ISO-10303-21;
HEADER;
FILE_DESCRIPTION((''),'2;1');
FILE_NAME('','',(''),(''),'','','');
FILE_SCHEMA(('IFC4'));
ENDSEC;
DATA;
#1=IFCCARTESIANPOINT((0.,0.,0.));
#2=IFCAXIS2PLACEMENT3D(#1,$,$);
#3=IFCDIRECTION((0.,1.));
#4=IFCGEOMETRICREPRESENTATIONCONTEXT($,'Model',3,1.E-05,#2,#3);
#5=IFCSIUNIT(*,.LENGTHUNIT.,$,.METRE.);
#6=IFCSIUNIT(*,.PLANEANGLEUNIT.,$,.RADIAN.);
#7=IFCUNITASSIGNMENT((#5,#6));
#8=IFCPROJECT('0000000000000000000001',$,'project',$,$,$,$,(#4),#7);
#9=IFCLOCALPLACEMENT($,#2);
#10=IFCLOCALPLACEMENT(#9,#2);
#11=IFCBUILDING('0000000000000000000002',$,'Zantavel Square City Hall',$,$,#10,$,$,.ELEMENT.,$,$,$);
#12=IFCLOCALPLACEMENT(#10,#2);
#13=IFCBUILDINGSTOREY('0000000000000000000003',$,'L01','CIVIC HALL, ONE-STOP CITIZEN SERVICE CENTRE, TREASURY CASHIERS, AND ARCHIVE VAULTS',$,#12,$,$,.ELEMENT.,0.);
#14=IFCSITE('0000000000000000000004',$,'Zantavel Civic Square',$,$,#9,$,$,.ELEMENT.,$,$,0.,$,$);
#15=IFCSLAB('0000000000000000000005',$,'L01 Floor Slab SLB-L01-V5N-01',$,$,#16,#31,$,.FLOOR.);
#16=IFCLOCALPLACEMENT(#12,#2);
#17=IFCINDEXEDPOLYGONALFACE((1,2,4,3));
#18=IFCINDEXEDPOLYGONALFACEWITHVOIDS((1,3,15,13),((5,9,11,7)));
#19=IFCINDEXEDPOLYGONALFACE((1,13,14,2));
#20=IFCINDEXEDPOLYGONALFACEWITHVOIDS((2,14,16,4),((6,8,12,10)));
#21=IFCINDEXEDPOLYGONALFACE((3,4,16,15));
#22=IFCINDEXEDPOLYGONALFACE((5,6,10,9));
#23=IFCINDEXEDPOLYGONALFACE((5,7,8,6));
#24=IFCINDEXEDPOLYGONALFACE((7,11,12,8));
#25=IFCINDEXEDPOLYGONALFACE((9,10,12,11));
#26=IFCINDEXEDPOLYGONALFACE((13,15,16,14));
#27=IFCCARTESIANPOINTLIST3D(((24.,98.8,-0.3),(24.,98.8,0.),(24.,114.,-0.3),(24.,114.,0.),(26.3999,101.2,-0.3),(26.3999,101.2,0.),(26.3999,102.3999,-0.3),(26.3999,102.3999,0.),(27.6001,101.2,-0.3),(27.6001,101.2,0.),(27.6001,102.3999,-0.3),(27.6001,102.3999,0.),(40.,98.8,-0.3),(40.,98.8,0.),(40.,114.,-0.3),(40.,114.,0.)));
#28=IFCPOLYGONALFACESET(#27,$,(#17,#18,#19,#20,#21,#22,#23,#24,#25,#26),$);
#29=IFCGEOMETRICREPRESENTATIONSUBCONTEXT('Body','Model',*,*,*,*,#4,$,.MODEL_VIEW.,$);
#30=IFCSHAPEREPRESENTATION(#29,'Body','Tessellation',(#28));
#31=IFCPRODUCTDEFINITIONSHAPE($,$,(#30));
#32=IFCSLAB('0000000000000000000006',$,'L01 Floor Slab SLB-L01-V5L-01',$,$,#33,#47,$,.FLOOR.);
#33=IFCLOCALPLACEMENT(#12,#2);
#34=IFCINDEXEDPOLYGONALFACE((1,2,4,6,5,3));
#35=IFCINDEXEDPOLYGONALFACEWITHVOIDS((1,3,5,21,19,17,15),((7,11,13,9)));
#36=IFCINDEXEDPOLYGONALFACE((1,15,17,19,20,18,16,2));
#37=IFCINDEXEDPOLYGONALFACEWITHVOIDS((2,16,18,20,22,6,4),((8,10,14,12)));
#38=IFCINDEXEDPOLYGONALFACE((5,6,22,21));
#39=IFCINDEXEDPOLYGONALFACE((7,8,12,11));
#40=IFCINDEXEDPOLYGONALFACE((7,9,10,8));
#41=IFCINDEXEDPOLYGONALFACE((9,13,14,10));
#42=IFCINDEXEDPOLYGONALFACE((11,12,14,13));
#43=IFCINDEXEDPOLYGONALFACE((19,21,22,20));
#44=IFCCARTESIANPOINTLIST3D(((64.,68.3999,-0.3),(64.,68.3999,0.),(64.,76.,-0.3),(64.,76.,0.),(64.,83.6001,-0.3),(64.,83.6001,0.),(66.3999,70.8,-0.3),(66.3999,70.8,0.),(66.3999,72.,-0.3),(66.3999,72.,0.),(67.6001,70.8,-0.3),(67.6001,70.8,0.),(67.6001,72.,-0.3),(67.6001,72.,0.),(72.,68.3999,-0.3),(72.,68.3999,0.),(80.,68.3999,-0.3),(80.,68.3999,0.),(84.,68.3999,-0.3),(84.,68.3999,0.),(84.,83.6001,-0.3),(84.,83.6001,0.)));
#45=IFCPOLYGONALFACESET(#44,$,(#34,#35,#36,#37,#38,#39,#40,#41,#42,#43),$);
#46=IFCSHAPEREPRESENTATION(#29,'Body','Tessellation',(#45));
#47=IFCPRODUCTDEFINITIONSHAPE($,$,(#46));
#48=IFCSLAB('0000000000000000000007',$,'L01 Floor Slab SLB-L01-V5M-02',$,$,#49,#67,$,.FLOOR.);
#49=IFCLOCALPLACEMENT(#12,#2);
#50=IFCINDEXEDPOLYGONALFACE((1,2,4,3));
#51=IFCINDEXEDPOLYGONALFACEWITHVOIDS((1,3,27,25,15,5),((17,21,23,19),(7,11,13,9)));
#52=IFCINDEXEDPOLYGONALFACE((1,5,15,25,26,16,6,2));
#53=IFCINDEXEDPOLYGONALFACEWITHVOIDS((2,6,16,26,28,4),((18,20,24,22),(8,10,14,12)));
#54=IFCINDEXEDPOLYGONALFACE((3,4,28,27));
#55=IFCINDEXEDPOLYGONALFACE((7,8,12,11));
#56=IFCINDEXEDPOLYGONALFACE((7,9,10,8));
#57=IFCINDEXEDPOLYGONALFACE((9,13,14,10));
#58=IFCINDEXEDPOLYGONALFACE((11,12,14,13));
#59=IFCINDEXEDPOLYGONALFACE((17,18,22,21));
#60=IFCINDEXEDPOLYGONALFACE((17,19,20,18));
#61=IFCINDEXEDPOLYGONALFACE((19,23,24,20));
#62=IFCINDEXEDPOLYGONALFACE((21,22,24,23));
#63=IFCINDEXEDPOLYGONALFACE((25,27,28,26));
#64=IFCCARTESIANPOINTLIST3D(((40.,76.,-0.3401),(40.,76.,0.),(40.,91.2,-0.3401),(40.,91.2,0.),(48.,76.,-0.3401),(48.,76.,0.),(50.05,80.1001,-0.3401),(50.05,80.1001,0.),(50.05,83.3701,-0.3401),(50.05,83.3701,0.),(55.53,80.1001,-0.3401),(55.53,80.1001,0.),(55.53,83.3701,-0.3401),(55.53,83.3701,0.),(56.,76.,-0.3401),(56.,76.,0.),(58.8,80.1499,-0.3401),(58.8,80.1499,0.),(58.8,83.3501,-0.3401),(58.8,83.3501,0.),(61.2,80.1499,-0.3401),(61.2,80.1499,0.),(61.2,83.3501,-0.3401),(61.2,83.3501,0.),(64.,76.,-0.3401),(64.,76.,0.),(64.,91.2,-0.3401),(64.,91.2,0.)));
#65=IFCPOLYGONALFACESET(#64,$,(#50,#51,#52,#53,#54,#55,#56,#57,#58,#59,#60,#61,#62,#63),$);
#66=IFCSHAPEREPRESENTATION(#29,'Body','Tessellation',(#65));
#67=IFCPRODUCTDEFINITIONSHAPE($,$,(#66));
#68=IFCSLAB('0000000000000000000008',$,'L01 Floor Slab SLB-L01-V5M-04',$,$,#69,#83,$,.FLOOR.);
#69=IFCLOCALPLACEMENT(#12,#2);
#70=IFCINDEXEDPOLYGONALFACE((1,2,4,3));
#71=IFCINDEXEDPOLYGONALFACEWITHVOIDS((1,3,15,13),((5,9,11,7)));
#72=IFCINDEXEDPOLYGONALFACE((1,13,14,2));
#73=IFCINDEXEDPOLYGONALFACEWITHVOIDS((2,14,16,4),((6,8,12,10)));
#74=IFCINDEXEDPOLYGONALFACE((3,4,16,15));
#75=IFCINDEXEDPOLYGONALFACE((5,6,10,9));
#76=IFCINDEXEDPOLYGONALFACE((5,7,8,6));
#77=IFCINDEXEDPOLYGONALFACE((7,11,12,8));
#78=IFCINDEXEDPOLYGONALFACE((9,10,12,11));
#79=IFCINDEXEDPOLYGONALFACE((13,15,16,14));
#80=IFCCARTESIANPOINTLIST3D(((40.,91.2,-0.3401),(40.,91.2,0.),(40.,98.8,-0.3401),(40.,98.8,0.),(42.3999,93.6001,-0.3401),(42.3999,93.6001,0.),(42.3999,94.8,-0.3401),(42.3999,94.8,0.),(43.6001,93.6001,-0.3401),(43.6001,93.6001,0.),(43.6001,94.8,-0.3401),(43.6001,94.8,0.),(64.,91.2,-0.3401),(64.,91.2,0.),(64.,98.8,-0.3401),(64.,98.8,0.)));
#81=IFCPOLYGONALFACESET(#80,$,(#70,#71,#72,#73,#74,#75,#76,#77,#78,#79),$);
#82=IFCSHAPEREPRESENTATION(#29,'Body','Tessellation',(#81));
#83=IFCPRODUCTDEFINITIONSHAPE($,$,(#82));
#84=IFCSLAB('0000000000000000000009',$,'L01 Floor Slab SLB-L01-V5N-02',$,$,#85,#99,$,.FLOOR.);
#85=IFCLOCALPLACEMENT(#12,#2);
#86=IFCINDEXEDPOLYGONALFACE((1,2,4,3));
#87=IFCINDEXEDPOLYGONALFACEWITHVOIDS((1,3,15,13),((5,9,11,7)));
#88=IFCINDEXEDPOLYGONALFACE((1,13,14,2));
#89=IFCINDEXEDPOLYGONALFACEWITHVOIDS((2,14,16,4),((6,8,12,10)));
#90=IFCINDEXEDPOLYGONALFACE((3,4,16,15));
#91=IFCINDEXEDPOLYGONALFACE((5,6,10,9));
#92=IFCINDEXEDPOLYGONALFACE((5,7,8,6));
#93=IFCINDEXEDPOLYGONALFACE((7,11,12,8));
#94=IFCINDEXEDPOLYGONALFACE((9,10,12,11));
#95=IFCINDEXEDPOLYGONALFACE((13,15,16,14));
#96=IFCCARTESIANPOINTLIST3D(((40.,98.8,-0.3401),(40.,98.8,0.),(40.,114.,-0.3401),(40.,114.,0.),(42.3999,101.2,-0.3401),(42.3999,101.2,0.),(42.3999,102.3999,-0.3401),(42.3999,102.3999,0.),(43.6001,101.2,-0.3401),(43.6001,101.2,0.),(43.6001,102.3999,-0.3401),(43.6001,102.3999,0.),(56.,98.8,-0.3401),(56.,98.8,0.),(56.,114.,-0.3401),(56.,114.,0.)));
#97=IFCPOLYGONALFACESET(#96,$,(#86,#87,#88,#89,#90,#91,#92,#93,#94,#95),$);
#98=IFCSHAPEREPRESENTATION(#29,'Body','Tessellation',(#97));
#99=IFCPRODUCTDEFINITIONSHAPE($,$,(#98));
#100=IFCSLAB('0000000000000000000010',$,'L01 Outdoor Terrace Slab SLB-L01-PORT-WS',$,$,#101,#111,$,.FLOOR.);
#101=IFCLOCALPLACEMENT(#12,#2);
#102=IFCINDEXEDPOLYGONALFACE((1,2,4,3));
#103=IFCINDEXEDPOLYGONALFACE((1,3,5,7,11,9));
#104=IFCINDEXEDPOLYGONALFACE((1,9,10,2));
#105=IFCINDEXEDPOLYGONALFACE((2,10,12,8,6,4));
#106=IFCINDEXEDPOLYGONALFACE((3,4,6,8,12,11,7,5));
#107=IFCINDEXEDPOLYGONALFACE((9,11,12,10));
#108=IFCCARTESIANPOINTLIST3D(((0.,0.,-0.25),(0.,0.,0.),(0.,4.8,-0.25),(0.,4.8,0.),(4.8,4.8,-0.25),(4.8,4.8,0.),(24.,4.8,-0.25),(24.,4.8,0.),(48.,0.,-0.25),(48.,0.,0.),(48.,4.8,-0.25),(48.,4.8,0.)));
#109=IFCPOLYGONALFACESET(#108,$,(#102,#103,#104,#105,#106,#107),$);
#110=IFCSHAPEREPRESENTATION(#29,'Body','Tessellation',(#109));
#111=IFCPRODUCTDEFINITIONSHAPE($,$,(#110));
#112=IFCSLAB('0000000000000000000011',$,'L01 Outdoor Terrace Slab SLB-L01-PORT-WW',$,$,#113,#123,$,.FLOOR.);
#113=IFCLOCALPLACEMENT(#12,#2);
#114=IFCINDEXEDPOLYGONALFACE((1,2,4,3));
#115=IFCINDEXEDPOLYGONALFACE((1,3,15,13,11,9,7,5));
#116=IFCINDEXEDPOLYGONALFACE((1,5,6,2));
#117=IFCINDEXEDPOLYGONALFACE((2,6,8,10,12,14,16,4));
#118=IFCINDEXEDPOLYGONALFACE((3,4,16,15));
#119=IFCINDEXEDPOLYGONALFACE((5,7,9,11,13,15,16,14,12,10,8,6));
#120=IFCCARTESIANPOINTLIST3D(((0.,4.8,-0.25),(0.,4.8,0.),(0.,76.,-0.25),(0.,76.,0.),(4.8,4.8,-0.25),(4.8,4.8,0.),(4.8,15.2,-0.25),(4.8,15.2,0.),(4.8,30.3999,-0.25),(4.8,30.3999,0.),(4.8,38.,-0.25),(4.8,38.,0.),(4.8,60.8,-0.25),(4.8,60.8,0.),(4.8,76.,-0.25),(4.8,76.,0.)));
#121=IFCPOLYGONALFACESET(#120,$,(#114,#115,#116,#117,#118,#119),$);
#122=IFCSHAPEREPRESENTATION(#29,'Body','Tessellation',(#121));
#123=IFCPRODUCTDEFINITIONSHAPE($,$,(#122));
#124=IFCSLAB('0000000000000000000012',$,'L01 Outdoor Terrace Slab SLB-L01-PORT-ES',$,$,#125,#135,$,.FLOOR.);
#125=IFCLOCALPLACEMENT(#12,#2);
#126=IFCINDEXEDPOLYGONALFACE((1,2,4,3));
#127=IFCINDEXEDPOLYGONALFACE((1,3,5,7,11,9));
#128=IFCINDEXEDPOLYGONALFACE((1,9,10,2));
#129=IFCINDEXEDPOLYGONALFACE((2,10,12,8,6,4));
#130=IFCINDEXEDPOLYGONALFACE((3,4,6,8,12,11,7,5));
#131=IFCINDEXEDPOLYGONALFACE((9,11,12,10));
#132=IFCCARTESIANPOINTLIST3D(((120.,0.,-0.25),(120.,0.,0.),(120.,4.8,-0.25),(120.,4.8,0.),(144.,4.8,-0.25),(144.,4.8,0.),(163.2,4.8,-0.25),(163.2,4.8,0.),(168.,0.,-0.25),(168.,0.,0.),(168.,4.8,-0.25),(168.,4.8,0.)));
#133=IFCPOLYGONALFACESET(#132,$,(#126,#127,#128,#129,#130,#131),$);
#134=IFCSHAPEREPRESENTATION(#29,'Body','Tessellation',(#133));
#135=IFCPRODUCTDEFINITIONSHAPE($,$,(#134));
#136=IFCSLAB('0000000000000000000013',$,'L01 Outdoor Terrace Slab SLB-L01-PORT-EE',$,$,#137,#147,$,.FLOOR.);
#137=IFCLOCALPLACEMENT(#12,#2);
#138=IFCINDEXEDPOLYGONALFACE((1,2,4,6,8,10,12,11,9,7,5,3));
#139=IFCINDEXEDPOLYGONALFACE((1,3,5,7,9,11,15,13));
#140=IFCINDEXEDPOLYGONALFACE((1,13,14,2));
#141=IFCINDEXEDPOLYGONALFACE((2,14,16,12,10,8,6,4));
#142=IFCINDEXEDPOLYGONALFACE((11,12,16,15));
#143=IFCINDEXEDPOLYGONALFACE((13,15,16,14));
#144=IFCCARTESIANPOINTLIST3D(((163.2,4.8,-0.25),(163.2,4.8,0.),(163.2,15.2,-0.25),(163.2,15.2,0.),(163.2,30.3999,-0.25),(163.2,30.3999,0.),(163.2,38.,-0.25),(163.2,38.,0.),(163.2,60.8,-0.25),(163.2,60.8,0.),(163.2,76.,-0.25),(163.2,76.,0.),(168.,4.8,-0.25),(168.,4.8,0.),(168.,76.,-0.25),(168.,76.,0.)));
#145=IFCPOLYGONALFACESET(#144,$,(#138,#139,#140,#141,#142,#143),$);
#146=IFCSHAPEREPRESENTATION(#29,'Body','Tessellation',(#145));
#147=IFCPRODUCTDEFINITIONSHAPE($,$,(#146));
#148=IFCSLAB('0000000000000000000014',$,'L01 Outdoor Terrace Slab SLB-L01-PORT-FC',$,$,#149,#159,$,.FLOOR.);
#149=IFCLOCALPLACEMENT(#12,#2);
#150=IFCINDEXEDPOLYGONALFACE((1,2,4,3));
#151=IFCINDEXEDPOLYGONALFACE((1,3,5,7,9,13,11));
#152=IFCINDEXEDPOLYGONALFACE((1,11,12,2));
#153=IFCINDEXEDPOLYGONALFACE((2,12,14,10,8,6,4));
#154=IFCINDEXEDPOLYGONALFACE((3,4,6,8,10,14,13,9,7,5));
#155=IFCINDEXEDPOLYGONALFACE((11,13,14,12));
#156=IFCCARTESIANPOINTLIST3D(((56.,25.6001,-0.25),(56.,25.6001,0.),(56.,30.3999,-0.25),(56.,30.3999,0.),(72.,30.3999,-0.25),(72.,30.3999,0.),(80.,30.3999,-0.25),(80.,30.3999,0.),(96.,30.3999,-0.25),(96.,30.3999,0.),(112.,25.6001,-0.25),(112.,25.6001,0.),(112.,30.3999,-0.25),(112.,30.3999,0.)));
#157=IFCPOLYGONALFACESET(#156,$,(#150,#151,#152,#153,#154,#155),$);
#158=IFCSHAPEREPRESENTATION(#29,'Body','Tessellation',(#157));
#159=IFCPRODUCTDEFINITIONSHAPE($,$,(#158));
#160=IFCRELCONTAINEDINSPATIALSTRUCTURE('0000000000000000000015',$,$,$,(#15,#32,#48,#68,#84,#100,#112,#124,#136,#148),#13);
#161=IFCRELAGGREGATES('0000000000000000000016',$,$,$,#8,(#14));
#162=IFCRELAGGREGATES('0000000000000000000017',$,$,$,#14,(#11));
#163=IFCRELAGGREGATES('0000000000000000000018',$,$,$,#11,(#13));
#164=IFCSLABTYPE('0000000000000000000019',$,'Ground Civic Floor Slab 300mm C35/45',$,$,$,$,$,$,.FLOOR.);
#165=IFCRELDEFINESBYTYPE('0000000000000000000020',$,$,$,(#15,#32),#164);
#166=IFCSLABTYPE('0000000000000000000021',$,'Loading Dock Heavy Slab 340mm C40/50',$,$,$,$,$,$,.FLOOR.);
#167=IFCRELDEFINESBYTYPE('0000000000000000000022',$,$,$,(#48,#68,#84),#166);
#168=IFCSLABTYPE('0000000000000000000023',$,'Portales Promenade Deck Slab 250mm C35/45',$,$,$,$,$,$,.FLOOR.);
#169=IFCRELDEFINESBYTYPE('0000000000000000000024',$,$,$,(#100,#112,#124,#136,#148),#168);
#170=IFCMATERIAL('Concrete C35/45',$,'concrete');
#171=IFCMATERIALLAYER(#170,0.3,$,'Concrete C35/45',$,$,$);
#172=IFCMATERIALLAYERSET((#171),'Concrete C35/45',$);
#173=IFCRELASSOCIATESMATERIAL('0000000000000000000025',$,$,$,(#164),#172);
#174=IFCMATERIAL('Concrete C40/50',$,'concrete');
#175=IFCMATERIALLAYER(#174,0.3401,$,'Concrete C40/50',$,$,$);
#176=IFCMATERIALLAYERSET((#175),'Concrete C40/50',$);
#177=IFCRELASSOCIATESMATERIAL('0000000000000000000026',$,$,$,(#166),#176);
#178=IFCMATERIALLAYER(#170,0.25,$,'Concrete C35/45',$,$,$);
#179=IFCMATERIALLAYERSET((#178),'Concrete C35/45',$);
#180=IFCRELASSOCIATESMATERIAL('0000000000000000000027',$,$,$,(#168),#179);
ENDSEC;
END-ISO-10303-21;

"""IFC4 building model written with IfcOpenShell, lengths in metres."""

from ifc_helpers import new_model, si_unit, direction, frame, origin, place, context, subcontext, project, spatial, polyline, outline, extrude, material, layer, layer_set, type_object, element, save


model = new_model("IFC4")

# Units and contexts
model_context = context("Model", 3, precision=1e-05, world=origin(), true_north=direction((0.0, 1.0)))
body_context = subcontext(model_context, "Body", "Model", "MODEL_VIEW")
ifc_project = project(units=[si_unit("LENGTHUNIT", "METRE"), si_unit("PLANEANGLEUNIT", "RADIAN")], contexts=[model_context])

# Site, building, storey
site_placement = place(None, origin())
site = spatial("IfcSite", under=ifc_project, at=site_placement, Name="Zantavel Civic Square", CompositionType="ELEMENT", RefElevation=0.0)
building_placement = place(site_placement, origin())
building = spatial("IfcBuilding", under=site, at=building_placement, Name="Zantavel Square City Hall", CompositionType="ELEMENT")
storey_placement = place(building_placement, origin())
storey = spatial("IfcBuildingStorey", under=building, at=storey_placement, Name="L01", Description="CIVIC HALL, ONE-STOP CITIZEN SERVICE CENTRE, TREASURY CASHIERS, AND ARCHIVE VAULTS", CompositionType="ELEMENT", Elevation=0.0)

# Shared definitions
ifc_material_1 = material(Name="Concrete C35/45", Category="concrete")

# Slabs
ifc_layer_1 = layer(ifc_material_1, 0.3, Name="Concrete C35/45")
ifc_layer_set_1 = layer_set([ifc_layer_1], Name="Concrete C35/45")
slab_type_1 = type_object("IfcSlabType", Name="Ground Civic Floor Slab 300mm C35/45", PredefinedType="FLOOR", material=ifc_layer_set_1)
slab_1_placement = place(storey_placement, frame((0.0, 0.0, -0.3)))
element("IfcSlab", 1, at=slab_1_placement, inside=storey, type_object=slab_type_1, Name="L01 Floor Slab SLB-L01-V5N-01", PredefinedType="FLOOR", context=body_context, shape_type="SweptSolid", body=[
    extrude(outline(polyline([(40.0, 114.0), (40.0, 98.8), (24.0, 98.8), (24.0, 114.0), (40.0, 114.0)]), holes=[polyline([(27.6001, 102.3999), (26.3999, 102.3999), (26.3999, 101.2), (27.6001, 101.2), (27.6001, 102.3999)])]), origin(), (0.0, 0.0, 1.0), 0.3),
])
slab_2_placement = place(storey_placement, frame((0.0, 0.0, -0.3)))
element("IfcSlab", 2, at=slab_2_placement, inside=storey, type_object=slab_type_1, Name="L01 Floor Slab SLB-L01-V5L-01", PredefinedType="FLOOR", context=body_context, shape_type="SweptSolid", body=[
    extrude(outline(polyline([(80.0, 68.3999), (72.0, 68.3999), (64.0, 68.3999), (64.0, 76.0), (64.0, 83.6001), (84.0, 83.6001), (84.0, 68.3999), (80.0, 68.3999)]), holes=[polyline([(67.6001, 72.0), (66.3999, 72.0), (66.3999, 70.8), (67.6001, 70.8), (67.6001, 72.0)])]), origin(), (0.0, 0.0, 1.0), 0.3),
])
ifc_material_2 = material(Name="Concrete C40/50", Category="concrete")
ifc_layer_2 = layer(ifc_material_2, 0.3401, Name="Concrete C40/50")
ifc_layer_set_2 = layer_set([ifc_layer_2], Name="Concrete C40/50")
slab_type_2 = type_object("IfcSlabType", Name="Loading Dock Heavy Slab 340mm C40/50", PredefinedType="FLOOR", material=ifc_layer_set_2)
slab_3_placement = place(storey_placement, frame((0.0, 0.0, -0.3401)))
element("IfcSlab", 3, at=slab_3_placement, inside=storey, type_object=slab_type_2, Name="L01 Floor Slab SLB-L01-V5M-02", PredefinedType="FLOOR", context=body_context, shape_type="SweptSolid", body=[
    extrude(outline(polyline([(56.0, 76.0), (48.0, 76.0), (40.0, 76.0), (40.0, 91.2), (64.0, 91.2), (64.0, 76.0), (56.0, 76.0)]), holes=[polyline([(50.05, 83.3701), (50.05, 80.1001), (55.53, 80.1001), (55.53, 83.3701), (50.05, 83.3701)]), polyline([(61.2, 83.3501), (58.8, 83.3501), (58.8, 80.1499), (61.2, 80.1499), (61.2, 83.3501)])]), origin(), (0.0, 0.0, 1.0), 0.3401),
])
slab_4_placement = place(storey_placement, frame((0.0, 0.0, -0.3401)))
element("IfcSlab", 4, at=slab_4_placement, inside=storey, type_object=slab_type_2, Name="L01 Floor Slab SLB-L01-V5M-04", PredefinedType="FLOOR", context=body_context, shape_type="SweptSolid", body=[
    extrude(outline(polyline([(64.0, 91.2), (40.0, 91.2), (40.0, 98.8), (64.0, 98.8), (64.0, 91.2)]), holes=[polyline([(43.6001, 94.8), (42.3999, 94.8), (42.3999, 93.6001), (43.6001, 93.6001), (43.6001, 94.8)])]), origin(), (0.0, 0.0, 1.0), 0.3401),
])
slab_5_placement = place(storey_placement, frame((0.0, 0.0, -0.3401)))
element("IfcSlab", 5, at=slab_5_placement, inside=storey, type_object=slab_type_2, Name="L01 Floor Slab SLB-L01-V5N-02", PredefinedType="FLOOR", context=body_context, shape_type="SweptSolid", body=[
    extrude(outline(polyline([(56.0, 98.8), (40.0, 98.8), (40.0, 114.0), (56.0, 114.0), (56.0, 98.8)]), holes=[polyline([(43.6001, 102.3999), (42.3999, 102.3999), (42.3999, 101.2), (43.6001, 101.2), (43.6001, 102.3999)])]), origin(), (0.0, 0.0, 1.0), 0.3401),
])
ifc_layer_3 = layer(ifc_material_1, 0.25, Name="Concrete C35/45")
ifc_layer_set_3 = layer_set([ifc_layer_3], Name="Concrete C35/45")
slab_type_3 = type_object("IfcSlabType", Name="Portales Promenade Deck Slab 250mm C35/45", PredefinedType="FLOOR", material=ifc_layer_set_3)
slab_6_placement = place(storey_placement, frame((0.0, 0.0, -0.25)))
element("IfcSlab", 6, at=slab_6_placement, inside=storey, type_object=slab_type_3, Name="L01 Outdoor Terrace Slab SLB-L01-PORT-WS", PredefinedType="FLOOR", context=body_context, shape_type="SweptSolid", body=[
    extrude(outline(polyline([(48.0, 0.0), (0.0, 0.0), (0.0, 4.8), (4.8, 4.8), (24.0, 4.8), (48.0, 4.8), (48.0, 0.0)])), origin(), (0.0, 0.0, 1.0), 0.25),
])
slab_7_placement = place(storey_placement, frame((0.0, 0.0, -0.25)))
element("IfcSlab", 7, at=slab_7_placement, inside=storey, type_object=slab_type_3, Name="L01 Outdoor Terrace Slab SLB-L01-PORT-WW", PredefinedType="FLOOR", context=body_context, shape_type="SweptSolid", body=[
    extrude(outline(polyline([(4.8, 4.8), (0.0, 4.8), (0.0, 76.0), (4.8, 76.0), (4.8, 60.8), (4.8, 38.0), (4.8, 30.3999), (4.8, 15.2), (4.8, 4.8)])), origin(), (0.0, 0.0, 1.0), 0.25),
])
slab_8_placement = place(storey_placement, frame((0.0, 0.0, -0.25)))
element("IfcSlab", 8, at=slab_8_placement, inside=storey, type_object=slab_type_3, Name="L01 Outdoor Terrace Slab SLB-L01-PORT-ES", PredefinedType="FLOOR", context=body_context, shape_type="SweptSolid", body=[
    extrude(outline(polyline([(168.0, 4.8), (168.0, 0.0), (120.0, 0.0), (120.0, 4.8), (144.0, 4.8), (163.2, 4.8), (168.0, 4.8)])), origin(), (0.0, 0.0, 1.0), 0.25),
])
slab_9_placement = place(storey_placement, frame((0.0, 0.0, -0.25)))
element("IfcSlab", 9, at=slab_9_placement, inside=storey, type_object=slab_type_3, Name="L01 Outdoor Terrace Slab SLB-L01-PORT-EE", PredefinedType="FLOOR", context=body_context, shape_type="SweptSolid", body=[
    extrude(outline(polyline([(168.0, 76.0), (168.0, 4.8), (163.2, 4.8), (163.2, 15.2), (163.2, 30.3999), (163.2, 38.0), (163.2, 60.8), (163.2, 76.0), (168.0, 76.0)])), origin(), (0.0, 0.0, 1.0), 0.25),
])
slab_10_placement = place(storey_placement, frame((0.0, 0.0, -0.25)))
element("IfcSlab", 10, at=slab_10_placement, inside=storey, type_object=slab_type_3, Name="L01 Outdoor Terrace Slab SLB-L01-PORT-FC", PredefinedType="FLOOR", context=body_context, shape_type="SweptSolid", body=[
    extrude(outline(polyline([(112.0, 25.6001), (56.0, 25.6001), (56.0, 30.3999), (72.0, 30.3999), (80.0, 30.3999), (96.0, 30.3999), (112.0, 30.3999), (112.0, 25.6001)])), origin(), (0.0, 0.0, 1.0), 0.25),
])

save(model, "model.ifc")
